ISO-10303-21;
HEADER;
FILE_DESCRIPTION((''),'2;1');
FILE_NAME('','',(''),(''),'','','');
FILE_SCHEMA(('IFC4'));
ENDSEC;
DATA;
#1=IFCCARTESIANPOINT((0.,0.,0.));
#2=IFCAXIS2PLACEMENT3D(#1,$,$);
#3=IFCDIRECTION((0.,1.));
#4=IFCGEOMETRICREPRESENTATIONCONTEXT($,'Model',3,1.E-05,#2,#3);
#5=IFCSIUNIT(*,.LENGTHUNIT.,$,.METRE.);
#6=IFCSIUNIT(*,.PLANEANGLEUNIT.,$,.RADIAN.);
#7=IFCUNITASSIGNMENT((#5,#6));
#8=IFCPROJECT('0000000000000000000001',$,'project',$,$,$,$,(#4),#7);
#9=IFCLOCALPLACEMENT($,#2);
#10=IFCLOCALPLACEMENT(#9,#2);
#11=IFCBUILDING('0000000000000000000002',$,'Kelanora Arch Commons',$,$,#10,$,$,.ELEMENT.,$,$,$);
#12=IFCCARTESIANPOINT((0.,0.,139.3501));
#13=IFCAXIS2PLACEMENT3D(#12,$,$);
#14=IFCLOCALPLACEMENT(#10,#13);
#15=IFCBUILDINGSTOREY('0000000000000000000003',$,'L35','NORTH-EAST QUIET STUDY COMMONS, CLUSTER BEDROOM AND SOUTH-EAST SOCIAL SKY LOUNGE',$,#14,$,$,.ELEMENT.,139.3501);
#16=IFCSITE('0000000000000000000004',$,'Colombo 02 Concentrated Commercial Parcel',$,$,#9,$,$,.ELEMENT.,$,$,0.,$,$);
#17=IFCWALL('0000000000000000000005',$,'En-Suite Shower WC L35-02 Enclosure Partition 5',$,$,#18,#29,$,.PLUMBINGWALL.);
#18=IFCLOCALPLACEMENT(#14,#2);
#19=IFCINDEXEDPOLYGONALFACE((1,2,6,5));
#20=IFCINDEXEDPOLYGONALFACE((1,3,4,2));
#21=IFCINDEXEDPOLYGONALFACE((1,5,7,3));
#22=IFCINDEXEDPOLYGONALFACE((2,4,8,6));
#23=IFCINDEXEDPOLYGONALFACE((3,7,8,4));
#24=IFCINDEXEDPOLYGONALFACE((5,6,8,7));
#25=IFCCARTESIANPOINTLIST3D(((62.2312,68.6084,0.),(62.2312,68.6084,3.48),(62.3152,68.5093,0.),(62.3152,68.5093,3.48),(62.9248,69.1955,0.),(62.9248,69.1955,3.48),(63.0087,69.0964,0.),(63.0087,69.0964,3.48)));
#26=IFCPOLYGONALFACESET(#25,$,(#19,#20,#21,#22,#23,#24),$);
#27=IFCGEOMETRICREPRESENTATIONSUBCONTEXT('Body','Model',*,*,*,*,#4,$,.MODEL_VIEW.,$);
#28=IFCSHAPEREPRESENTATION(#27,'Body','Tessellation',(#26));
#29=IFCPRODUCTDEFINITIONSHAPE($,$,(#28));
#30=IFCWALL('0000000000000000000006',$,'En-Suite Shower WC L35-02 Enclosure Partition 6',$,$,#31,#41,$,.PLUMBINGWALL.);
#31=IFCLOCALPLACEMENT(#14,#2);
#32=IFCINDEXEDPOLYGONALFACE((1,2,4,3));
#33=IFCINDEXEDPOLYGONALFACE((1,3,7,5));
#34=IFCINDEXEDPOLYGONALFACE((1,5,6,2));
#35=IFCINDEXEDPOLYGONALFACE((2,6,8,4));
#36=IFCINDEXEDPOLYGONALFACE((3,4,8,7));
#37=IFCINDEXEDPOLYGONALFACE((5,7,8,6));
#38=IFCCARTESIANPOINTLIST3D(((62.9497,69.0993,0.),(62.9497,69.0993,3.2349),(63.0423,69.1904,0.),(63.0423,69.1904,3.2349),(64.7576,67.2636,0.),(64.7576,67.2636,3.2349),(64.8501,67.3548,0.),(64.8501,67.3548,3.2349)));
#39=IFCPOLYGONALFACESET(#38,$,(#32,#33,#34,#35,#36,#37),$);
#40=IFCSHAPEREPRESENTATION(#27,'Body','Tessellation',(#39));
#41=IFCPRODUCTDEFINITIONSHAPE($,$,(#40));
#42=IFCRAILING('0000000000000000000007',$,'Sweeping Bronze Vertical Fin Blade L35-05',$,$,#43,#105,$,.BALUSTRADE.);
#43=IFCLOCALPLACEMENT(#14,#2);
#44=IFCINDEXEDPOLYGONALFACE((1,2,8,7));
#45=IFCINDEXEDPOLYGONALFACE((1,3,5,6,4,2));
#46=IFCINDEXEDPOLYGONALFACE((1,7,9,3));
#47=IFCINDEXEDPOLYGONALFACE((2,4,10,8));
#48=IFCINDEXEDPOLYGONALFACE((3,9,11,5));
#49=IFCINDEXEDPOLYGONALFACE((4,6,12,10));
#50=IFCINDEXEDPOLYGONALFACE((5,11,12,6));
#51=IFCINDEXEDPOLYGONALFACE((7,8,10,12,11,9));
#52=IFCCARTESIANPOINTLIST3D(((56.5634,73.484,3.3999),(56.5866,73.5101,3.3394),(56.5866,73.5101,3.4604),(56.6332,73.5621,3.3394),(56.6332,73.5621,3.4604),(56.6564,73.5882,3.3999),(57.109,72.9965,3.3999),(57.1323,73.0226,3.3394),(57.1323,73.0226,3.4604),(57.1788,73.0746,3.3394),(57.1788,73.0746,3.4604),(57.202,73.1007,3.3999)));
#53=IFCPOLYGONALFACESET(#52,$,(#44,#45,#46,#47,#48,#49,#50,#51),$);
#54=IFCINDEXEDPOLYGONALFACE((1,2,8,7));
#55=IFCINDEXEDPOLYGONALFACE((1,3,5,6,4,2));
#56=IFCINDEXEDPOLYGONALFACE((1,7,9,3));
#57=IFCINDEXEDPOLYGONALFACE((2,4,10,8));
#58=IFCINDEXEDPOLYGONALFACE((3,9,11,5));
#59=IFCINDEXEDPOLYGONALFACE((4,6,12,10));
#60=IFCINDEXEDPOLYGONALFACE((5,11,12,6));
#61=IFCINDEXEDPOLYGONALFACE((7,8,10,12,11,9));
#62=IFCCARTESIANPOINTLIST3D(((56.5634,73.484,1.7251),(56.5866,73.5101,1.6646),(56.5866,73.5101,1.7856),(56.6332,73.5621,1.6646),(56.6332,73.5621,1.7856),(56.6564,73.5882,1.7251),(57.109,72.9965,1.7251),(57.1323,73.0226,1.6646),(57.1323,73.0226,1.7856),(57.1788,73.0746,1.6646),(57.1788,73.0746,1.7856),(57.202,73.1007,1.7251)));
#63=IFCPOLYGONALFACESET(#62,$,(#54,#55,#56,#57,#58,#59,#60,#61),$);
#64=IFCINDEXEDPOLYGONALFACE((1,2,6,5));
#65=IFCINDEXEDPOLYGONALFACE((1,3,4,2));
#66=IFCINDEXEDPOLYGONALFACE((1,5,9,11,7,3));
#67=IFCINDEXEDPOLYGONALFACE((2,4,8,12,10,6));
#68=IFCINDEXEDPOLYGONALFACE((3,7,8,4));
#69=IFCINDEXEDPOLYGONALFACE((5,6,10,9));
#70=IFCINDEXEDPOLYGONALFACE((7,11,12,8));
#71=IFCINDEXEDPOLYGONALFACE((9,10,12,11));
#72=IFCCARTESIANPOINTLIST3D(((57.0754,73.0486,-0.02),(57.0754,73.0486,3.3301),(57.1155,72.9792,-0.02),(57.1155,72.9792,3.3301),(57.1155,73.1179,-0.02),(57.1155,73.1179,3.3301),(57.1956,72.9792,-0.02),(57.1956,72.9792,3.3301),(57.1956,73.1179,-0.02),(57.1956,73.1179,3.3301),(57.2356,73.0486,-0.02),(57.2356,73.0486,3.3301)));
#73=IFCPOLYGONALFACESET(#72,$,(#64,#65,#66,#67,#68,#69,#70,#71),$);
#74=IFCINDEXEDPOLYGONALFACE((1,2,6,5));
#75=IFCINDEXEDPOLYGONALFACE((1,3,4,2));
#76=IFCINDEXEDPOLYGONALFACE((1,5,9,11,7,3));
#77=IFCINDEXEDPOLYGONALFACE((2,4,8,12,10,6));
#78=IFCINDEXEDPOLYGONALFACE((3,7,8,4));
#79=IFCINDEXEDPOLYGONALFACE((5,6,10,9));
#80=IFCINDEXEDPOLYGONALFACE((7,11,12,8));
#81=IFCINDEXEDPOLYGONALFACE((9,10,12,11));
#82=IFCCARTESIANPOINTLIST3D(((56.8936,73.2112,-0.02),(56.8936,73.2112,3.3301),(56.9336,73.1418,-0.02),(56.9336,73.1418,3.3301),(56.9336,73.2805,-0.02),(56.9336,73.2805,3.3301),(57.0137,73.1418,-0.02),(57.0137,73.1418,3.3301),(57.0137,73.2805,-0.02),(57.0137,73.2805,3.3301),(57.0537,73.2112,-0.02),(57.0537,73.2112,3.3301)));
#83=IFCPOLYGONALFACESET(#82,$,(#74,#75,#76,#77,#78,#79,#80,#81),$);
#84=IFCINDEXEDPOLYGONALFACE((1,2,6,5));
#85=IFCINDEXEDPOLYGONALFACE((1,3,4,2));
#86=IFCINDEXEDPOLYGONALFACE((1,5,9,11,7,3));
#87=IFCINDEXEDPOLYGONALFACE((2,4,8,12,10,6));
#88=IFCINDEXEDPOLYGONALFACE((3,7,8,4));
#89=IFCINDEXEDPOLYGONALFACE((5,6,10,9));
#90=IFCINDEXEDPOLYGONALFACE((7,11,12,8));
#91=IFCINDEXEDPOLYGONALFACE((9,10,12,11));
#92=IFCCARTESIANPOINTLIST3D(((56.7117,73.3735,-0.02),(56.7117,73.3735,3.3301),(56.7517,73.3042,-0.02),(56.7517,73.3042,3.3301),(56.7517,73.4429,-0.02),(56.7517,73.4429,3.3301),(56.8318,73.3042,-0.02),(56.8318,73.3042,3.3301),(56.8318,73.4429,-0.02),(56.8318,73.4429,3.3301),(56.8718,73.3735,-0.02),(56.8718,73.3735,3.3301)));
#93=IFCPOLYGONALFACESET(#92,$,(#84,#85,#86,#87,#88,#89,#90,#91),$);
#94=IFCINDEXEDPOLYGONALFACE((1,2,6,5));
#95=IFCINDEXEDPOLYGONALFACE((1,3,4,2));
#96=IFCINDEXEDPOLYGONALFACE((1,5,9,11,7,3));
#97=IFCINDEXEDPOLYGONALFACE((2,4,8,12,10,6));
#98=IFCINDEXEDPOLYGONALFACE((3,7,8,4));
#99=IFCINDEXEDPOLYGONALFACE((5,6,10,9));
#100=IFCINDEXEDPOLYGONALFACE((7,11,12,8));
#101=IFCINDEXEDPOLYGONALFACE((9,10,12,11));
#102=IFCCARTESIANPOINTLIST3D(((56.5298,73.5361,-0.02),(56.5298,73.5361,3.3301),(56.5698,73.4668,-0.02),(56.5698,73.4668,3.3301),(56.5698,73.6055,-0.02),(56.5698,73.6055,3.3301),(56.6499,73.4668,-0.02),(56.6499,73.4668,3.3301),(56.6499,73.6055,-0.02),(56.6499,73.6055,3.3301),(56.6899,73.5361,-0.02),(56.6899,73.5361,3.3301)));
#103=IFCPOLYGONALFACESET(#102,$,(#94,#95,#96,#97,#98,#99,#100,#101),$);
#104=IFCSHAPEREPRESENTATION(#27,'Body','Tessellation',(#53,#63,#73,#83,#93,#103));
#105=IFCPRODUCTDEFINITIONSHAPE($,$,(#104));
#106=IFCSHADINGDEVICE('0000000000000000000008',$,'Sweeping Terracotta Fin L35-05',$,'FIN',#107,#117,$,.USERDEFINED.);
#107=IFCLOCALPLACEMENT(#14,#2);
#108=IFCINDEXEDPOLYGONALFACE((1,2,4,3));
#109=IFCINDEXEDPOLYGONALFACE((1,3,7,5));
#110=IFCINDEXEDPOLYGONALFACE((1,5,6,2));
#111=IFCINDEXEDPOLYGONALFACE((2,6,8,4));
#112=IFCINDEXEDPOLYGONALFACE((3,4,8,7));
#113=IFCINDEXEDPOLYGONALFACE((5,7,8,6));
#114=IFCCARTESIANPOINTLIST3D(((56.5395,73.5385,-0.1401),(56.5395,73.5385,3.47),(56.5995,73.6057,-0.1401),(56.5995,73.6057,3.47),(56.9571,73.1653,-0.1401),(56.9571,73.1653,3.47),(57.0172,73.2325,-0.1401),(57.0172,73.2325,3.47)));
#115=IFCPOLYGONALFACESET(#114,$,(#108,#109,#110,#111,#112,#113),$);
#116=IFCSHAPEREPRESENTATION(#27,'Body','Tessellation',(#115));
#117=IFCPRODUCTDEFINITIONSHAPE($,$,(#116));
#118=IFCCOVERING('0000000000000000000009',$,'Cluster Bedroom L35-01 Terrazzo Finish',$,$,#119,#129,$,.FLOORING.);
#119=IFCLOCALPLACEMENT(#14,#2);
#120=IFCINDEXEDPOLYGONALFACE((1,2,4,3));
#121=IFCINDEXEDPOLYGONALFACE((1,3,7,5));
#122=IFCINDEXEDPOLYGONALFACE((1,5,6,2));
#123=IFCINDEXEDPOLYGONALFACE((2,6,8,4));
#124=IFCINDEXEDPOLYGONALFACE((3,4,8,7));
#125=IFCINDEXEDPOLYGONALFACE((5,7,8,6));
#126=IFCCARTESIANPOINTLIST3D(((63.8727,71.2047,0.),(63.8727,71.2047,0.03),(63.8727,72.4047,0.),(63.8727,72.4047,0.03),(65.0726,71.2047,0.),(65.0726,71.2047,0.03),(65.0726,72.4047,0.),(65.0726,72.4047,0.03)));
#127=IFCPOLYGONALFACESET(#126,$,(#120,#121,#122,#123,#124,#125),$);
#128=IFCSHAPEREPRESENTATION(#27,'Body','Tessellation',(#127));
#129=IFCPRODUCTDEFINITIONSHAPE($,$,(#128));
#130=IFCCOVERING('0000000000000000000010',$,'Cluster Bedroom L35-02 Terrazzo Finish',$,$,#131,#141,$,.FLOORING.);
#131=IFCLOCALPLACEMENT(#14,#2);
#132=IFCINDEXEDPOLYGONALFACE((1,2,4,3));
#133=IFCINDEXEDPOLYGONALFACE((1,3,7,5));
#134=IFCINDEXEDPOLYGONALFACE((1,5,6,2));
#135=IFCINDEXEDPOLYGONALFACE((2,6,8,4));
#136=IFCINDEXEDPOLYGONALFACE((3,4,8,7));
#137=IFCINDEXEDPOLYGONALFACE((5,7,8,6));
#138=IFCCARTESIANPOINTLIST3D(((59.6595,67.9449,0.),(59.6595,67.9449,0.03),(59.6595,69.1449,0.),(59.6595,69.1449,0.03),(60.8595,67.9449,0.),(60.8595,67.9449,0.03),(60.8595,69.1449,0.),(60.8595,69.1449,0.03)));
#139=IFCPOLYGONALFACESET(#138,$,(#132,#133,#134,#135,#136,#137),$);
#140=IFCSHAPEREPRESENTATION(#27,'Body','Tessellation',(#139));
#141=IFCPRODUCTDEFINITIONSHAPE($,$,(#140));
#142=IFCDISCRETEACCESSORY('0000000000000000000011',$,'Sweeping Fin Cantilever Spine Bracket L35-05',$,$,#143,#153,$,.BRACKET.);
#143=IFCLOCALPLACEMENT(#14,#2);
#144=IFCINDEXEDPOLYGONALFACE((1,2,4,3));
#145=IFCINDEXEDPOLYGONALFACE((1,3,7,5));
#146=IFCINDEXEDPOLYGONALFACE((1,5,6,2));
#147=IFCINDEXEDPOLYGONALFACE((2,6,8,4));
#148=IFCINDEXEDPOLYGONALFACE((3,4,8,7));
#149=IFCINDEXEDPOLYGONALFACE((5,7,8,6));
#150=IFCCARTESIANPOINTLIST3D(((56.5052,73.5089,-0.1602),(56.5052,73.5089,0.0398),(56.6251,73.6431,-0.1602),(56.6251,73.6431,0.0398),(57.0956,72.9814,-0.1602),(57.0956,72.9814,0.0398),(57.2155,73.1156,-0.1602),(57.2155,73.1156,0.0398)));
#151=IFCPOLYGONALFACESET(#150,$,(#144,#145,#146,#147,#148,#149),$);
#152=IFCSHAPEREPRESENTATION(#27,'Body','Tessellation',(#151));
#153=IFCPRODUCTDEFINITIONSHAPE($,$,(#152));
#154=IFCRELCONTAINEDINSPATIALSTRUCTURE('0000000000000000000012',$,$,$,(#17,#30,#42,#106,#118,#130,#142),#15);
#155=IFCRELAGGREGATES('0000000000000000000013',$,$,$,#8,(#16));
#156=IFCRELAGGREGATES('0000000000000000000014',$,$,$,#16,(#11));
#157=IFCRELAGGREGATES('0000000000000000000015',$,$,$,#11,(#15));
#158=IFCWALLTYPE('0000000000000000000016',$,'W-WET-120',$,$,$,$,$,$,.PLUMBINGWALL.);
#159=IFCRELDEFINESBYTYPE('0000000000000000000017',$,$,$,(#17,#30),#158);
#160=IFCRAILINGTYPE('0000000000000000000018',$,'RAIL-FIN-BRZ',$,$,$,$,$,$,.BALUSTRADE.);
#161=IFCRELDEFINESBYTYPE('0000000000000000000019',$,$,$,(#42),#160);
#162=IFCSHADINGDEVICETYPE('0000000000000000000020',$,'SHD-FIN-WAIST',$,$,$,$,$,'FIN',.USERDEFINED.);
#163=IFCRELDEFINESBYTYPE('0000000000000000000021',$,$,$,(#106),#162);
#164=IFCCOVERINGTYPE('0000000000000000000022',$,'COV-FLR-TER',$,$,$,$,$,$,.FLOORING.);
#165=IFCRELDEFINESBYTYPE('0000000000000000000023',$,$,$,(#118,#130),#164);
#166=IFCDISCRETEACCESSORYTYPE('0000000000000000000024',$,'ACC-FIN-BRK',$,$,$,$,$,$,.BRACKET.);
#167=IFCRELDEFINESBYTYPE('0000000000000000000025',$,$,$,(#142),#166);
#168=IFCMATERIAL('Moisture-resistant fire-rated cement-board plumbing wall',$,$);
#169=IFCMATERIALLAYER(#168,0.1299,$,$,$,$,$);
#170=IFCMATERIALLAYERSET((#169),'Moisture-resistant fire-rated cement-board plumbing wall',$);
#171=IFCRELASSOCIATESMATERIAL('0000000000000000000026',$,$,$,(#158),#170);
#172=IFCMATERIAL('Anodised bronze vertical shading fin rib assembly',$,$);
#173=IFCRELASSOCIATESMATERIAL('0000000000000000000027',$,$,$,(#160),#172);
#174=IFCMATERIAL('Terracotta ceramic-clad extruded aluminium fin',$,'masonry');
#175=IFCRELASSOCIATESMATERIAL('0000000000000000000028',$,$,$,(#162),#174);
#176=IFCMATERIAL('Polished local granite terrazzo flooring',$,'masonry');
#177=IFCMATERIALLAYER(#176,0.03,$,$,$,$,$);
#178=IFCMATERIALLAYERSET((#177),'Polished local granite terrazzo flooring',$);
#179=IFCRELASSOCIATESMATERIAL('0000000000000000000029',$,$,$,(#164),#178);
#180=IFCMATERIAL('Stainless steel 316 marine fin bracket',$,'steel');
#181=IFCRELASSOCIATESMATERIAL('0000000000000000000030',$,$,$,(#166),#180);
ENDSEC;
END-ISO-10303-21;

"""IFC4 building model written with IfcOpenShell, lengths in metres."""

from ifc_helpers import new_model, si_unit, direction, frame, frame_2d, origin, origin_2d, place, context, subcontext, project, spatial, polyline, rectangle, outline, extrude, source, transform, mapped, material, layer, layer_set, type_object, element, save


model = new_model("IFC4")

# Units and contexts
model_context = context("Model", 3, precision=1e-05, world=origin(), true_north=direction((0.0, 1.0)))
body_context = subcontext(model_context, "Body", "Model", "MODEL_VIEW")
ifc_project = project(units=[si_unit("LENGTHUNIT", "METRE"), si_unit("PLANEANGLEUNIT", "RADIAN")], contexts=[model_context])

# Site, building, storey
site_placement = place(None, origin())
site = spatial("IfcSite", under=ifc_project, at=site_placement, Name="Colombo 02 Concentrated Commercial Parcel", CompositionType="ELEMENT", RefElevation=0.0)
building_placement = place(site_placement, origin())
building = spatial("IfcBuilding", under=site, at=building_placement, Name="Kelanora Arch Commons", CompositionType="ELEMENT")
storey_placement = place(building_placement, frame((0.0, 0.0, 139.3501)))
storey = spatial("IfcBuildingStorey", under=building, at=storey_placement, Name="L35", Description="NORTH-EAST QUIET STUDY COMMONS, CLUSTER BEDROOM AND SOUTH-EAST SOCIAL SKY LOUNGE", CompositionType="ELEMENT", Elevation=139.3501)

# Shared definitions
ifc_material_1 = material(Name="Moisture-resistant fire-rated cement-board plumbing wall")
ifc_layer_1 = layer(ifc_material_1, 0.1299)
ifc_layer_set_1 = layer_set([ifc_layer_1], Name="Moisture-resistant fire-rated cement-board plumbing wall")
wall_type_1 = type_object("IfcWallType", Name="W-WET-120", PredefinedType="PLUMBINGWALL", material=ifc_layer_set_1)

# Walls
wall_1_placement = place(storey_placement, frame((62.2732, 68.5588, 0.0), z_axis=(0.0, 0.0, 1.0), x_axis=(0.763244, 0.646111, 0.0)))
element("IfcWall", 1, at=wall_1_placement, inside=storey, type_object=wall_type_1, Name="En-Suite Shower WC L35-02 Enclosure Partition 5", PredefinedType="PLUMBINGWALL", context=body_context, shape_type="SweptSolid", body=[
    extrude(rectangle(XDim=0.9087, YDim=0.1299, at=frame_2d((0.4543, 0.0))), origin(), (0.0, 0.0, 1.0), 3.48),
])
wall_2_placement = place(storey_placement, frame((62.9961, 69.1448, 0.0), z_axis=(0.0, 0.0, 1.0), x_axis=(0.701685, -0.712487, 0.0)))
element("IfcWall", 2, at=wall_2_placement, inside=storey, type_object=wall_type_1, Name="En-Suite Shower WC L35-02 Enclosure Partition 6", PredefinedType="PLUMBINGWALL", context=body_context, shape_type="SweptSolid", body=[
    extrude(rectangle(XDim=2.5764, YDim=0.1299, at=frame_2d((1.2881, 0.0))), origin(), (0.0, 0.0, 1.0), 3.2349),
])

# Railing
ifc_material_2 = material(Name="Anodised bronze vertical shading fin rib assembly")
railing_type = type_object("IfcRailingType", Name="RAIL-FIN-BRZ", PredefinedType="BALUSTRADE", material=ifc_material_2)
railing_placement = place(storey_placement, frame((57.1555, 73.0486, -0.02)))
element("IfcRailing", 3, at=railing_placement, inside=storey, type_object=railing_type, Name="Sweeping Bronze Vertical Fin Blade L35-05", PredefinedType="BALUSTRADE", context=body_context, shape_type="SweptSolid", body=[
    extrude(outline(polyline([(0.0698, 0.0), (0.0349, 0.0605), (-0.0349, 0.0605), (-0.0698, 0.0), (-0.0349, -0.0605), (0.0349, -0.0605), (0.0698, 0.0)])), frame((0.0, 0.0, 3.4199), z_axis=(-0.745695, 0.666288, 0.0), x_axis=(-0.666288, -0.745695, 0.0)), (0.0, 0.0, 1.0), 0.7317),
    extrude(outline(polyline([(0.0698, 0.0), (0.0349, 0.0605), (-0.0349, 0.0605), (-0.0698, 0.0), (-0.0349, -0.0605), (0.0349, -0.0605), (0.0698, 0.0)])), frame((0.0, 0.0, 1.7451), z_axis=(-0.745695, 0.666288, 0.0), x_axis=(-0.666288, -0.745695, 0.0)), (0.0, 0.0, 1.0), 0.7317),
    extrude(outline(polyline([(0.0801, 0.0), (0.04, 0.0693), (-0.04, 0.0693), (-0.0801, 0.0), (-0.04, -0.0693), (0.04, -0.0693), (0.0801, 0.0)])), origin(), (0.0, 0.0, 1.0), 3.3501),
    extrude(outline(polyline([(0.0801, 0.0), (0.04, 0.0693), (-0.04, 0.0693), (-0.0801, 0.0), (-0.04, -0.0693), (0.04, -0.0693), (0.0801, 0.0)])), frame((-0.1819, 0.1626, 0.0)), (0.0, 0.0, 1.0), 3.3501),
    extrude(outline(polyline([(0.0801, 0.0), (0.04, 0.0693), (-0.04, 0.0693), (-0.0801, 0.0), (-0.04, -0.0693), (0.04, -0.0693), (0.0801, 0.0)])), frame((-0.3638, 0.325, 0.0)), (0.0, 0.0, 1.0), 3.3501),
    extrude(outline(polyline([(0.0801, 0.0), (0.04, 0.0693), (-0.04, 0.0693), (-0.0801, 0.0), (-0.04, -0.0693), (0.04, -0.0693), (0.0801, 0.0)])), frame((-0.5457, 0.4875, 0.0)), (0.0, 0.0, 1.0), 3.3501),
])

# Shading device
ifc_material_3 = material(Name="Terracotta ceramic-clad extruded aluminium fin", Category="masonry")
shading_device_type = type_object("IfcShadingDeviceType", Name="SHD-FIN-WAIST", ElementType="FIN", PredefinedType="USERDEFINED", material=ifc_material_3)
shared_shape_1 = source(origin(), body_context, "Body", "SweptSolid", [
    extrude(rectangle(XDim=0.5601, YDim=0.0901, at=origin_2d()), origin(), (0.0, 0.0, 1.0), 3.6101),
])
shading_device_placement = place(storey_placement, frame((56.7783, 73.3855, -0.1401), z_axis=(0.0, 0.0, 1.0), x_axis=(-0.745709, 0.666272, 0.0)))
element("IfcShadingDevice", 4, at=shading_device_placement, inside=storey, type_object=shading_device_type, Name="Sweeping Terracotta Fin L35-05", ObjectType="FIN", PredefinedType="USERDEFINED", context=body_context, shape_type="MappedRepresentation", body=[
    mapped(shared_shape_1, transform((0.0, 0.0, 0.0), scale=1.0)),
])

# Coverings
ifc_material_4 = material(Name="Polished local granite terrazzo flooring", Category="masonry")
ifc_layer_2 = layer(ifc_material_4, 0.03)
ifc_layer_set_2 = layer_set([ifc_layer_2], Name="Polished local granite terrazzo flooring")
covering_type = type_object("IfcCoveringType", Name="COV-FLR-TER", PredefinedType="FLOORING", material=ifc_layer_set_2)
shared_shape_2 = source(origin(), body_context, "Body", "SweptSolid", [
    extrude(rectangle(XDim=1.2, YDim=1.2, at=origin_2d()), origin(), (0.0, 0.0, 1.0), 0.03),
])
for number, where, z_axis, x_axis, name in (
    (5, (64.4727, 71.8047, 0.0), (0.0, 0.0, 1.0), (1.0, 0.0, 0.0), "Cluster Bedroom L35-01 Terrazzo Finish"),
    (6, (60.2595, 68.5449, 0.0), (0.0, 0.0, 1.0), (1.0, 0.0, 0.0), "Cluster Bedroom L35-02 Terrazzo Finish"),
):
    element("IfcCovering", number, at=place(storey_placement, frame(where, z_axis=z_axis, x_axis=x_axis)), inside=storey, type_object=covering_type, Name=name, PredefinedType="FLOORING", context=body_context, shape_type="MappedRepresentation", body=[
        mapped(shared_shape_2, transform((0.0, 0.0, 0.0), scale=1.0)),
    ])

# Discrete accessory
ifc_material_5 = material(Name="Stainless steel 316 marine fin bracket", Category="steel")
discrete_accessory_type = type_object("IfcDiscreteAccessoryType", Name="ACC-FIN-BRK", PredefinedType="BRACKET", material=ifc_material_5)
shared_shape_3 = source(origin(), body_context, "Body", "SweptSolid", [
    extrude(rectangle(XDim=0.7917, YDim=0.1799, at=origin_2d()), origin(), (0.0, 0.0, 1.0), 0.2),
])
discrete_accessory_placement = place(storey_placement, frame((56.8604, 73.3123, -0.1602), z_axis=(0.0, 0.0, 1.0), x_axis=(-0.745709, 0.666272, 0.0)))
element("IfcDiscreteAccessory", 7, at=discrete_accessory_placement, inside=storey, type_object=discrete_accessory_type, Name="Sweeping Fin Cantilever Spine Bracket L35-05", PredefinedType="BRACKET", context=body_context, shape_type="MappedRepresentation", body=[
    mapped(shared_shape_3, transform((0.0, 0.0, 0.0), scale=1.0)),
])

save(model, "model.ifc")
